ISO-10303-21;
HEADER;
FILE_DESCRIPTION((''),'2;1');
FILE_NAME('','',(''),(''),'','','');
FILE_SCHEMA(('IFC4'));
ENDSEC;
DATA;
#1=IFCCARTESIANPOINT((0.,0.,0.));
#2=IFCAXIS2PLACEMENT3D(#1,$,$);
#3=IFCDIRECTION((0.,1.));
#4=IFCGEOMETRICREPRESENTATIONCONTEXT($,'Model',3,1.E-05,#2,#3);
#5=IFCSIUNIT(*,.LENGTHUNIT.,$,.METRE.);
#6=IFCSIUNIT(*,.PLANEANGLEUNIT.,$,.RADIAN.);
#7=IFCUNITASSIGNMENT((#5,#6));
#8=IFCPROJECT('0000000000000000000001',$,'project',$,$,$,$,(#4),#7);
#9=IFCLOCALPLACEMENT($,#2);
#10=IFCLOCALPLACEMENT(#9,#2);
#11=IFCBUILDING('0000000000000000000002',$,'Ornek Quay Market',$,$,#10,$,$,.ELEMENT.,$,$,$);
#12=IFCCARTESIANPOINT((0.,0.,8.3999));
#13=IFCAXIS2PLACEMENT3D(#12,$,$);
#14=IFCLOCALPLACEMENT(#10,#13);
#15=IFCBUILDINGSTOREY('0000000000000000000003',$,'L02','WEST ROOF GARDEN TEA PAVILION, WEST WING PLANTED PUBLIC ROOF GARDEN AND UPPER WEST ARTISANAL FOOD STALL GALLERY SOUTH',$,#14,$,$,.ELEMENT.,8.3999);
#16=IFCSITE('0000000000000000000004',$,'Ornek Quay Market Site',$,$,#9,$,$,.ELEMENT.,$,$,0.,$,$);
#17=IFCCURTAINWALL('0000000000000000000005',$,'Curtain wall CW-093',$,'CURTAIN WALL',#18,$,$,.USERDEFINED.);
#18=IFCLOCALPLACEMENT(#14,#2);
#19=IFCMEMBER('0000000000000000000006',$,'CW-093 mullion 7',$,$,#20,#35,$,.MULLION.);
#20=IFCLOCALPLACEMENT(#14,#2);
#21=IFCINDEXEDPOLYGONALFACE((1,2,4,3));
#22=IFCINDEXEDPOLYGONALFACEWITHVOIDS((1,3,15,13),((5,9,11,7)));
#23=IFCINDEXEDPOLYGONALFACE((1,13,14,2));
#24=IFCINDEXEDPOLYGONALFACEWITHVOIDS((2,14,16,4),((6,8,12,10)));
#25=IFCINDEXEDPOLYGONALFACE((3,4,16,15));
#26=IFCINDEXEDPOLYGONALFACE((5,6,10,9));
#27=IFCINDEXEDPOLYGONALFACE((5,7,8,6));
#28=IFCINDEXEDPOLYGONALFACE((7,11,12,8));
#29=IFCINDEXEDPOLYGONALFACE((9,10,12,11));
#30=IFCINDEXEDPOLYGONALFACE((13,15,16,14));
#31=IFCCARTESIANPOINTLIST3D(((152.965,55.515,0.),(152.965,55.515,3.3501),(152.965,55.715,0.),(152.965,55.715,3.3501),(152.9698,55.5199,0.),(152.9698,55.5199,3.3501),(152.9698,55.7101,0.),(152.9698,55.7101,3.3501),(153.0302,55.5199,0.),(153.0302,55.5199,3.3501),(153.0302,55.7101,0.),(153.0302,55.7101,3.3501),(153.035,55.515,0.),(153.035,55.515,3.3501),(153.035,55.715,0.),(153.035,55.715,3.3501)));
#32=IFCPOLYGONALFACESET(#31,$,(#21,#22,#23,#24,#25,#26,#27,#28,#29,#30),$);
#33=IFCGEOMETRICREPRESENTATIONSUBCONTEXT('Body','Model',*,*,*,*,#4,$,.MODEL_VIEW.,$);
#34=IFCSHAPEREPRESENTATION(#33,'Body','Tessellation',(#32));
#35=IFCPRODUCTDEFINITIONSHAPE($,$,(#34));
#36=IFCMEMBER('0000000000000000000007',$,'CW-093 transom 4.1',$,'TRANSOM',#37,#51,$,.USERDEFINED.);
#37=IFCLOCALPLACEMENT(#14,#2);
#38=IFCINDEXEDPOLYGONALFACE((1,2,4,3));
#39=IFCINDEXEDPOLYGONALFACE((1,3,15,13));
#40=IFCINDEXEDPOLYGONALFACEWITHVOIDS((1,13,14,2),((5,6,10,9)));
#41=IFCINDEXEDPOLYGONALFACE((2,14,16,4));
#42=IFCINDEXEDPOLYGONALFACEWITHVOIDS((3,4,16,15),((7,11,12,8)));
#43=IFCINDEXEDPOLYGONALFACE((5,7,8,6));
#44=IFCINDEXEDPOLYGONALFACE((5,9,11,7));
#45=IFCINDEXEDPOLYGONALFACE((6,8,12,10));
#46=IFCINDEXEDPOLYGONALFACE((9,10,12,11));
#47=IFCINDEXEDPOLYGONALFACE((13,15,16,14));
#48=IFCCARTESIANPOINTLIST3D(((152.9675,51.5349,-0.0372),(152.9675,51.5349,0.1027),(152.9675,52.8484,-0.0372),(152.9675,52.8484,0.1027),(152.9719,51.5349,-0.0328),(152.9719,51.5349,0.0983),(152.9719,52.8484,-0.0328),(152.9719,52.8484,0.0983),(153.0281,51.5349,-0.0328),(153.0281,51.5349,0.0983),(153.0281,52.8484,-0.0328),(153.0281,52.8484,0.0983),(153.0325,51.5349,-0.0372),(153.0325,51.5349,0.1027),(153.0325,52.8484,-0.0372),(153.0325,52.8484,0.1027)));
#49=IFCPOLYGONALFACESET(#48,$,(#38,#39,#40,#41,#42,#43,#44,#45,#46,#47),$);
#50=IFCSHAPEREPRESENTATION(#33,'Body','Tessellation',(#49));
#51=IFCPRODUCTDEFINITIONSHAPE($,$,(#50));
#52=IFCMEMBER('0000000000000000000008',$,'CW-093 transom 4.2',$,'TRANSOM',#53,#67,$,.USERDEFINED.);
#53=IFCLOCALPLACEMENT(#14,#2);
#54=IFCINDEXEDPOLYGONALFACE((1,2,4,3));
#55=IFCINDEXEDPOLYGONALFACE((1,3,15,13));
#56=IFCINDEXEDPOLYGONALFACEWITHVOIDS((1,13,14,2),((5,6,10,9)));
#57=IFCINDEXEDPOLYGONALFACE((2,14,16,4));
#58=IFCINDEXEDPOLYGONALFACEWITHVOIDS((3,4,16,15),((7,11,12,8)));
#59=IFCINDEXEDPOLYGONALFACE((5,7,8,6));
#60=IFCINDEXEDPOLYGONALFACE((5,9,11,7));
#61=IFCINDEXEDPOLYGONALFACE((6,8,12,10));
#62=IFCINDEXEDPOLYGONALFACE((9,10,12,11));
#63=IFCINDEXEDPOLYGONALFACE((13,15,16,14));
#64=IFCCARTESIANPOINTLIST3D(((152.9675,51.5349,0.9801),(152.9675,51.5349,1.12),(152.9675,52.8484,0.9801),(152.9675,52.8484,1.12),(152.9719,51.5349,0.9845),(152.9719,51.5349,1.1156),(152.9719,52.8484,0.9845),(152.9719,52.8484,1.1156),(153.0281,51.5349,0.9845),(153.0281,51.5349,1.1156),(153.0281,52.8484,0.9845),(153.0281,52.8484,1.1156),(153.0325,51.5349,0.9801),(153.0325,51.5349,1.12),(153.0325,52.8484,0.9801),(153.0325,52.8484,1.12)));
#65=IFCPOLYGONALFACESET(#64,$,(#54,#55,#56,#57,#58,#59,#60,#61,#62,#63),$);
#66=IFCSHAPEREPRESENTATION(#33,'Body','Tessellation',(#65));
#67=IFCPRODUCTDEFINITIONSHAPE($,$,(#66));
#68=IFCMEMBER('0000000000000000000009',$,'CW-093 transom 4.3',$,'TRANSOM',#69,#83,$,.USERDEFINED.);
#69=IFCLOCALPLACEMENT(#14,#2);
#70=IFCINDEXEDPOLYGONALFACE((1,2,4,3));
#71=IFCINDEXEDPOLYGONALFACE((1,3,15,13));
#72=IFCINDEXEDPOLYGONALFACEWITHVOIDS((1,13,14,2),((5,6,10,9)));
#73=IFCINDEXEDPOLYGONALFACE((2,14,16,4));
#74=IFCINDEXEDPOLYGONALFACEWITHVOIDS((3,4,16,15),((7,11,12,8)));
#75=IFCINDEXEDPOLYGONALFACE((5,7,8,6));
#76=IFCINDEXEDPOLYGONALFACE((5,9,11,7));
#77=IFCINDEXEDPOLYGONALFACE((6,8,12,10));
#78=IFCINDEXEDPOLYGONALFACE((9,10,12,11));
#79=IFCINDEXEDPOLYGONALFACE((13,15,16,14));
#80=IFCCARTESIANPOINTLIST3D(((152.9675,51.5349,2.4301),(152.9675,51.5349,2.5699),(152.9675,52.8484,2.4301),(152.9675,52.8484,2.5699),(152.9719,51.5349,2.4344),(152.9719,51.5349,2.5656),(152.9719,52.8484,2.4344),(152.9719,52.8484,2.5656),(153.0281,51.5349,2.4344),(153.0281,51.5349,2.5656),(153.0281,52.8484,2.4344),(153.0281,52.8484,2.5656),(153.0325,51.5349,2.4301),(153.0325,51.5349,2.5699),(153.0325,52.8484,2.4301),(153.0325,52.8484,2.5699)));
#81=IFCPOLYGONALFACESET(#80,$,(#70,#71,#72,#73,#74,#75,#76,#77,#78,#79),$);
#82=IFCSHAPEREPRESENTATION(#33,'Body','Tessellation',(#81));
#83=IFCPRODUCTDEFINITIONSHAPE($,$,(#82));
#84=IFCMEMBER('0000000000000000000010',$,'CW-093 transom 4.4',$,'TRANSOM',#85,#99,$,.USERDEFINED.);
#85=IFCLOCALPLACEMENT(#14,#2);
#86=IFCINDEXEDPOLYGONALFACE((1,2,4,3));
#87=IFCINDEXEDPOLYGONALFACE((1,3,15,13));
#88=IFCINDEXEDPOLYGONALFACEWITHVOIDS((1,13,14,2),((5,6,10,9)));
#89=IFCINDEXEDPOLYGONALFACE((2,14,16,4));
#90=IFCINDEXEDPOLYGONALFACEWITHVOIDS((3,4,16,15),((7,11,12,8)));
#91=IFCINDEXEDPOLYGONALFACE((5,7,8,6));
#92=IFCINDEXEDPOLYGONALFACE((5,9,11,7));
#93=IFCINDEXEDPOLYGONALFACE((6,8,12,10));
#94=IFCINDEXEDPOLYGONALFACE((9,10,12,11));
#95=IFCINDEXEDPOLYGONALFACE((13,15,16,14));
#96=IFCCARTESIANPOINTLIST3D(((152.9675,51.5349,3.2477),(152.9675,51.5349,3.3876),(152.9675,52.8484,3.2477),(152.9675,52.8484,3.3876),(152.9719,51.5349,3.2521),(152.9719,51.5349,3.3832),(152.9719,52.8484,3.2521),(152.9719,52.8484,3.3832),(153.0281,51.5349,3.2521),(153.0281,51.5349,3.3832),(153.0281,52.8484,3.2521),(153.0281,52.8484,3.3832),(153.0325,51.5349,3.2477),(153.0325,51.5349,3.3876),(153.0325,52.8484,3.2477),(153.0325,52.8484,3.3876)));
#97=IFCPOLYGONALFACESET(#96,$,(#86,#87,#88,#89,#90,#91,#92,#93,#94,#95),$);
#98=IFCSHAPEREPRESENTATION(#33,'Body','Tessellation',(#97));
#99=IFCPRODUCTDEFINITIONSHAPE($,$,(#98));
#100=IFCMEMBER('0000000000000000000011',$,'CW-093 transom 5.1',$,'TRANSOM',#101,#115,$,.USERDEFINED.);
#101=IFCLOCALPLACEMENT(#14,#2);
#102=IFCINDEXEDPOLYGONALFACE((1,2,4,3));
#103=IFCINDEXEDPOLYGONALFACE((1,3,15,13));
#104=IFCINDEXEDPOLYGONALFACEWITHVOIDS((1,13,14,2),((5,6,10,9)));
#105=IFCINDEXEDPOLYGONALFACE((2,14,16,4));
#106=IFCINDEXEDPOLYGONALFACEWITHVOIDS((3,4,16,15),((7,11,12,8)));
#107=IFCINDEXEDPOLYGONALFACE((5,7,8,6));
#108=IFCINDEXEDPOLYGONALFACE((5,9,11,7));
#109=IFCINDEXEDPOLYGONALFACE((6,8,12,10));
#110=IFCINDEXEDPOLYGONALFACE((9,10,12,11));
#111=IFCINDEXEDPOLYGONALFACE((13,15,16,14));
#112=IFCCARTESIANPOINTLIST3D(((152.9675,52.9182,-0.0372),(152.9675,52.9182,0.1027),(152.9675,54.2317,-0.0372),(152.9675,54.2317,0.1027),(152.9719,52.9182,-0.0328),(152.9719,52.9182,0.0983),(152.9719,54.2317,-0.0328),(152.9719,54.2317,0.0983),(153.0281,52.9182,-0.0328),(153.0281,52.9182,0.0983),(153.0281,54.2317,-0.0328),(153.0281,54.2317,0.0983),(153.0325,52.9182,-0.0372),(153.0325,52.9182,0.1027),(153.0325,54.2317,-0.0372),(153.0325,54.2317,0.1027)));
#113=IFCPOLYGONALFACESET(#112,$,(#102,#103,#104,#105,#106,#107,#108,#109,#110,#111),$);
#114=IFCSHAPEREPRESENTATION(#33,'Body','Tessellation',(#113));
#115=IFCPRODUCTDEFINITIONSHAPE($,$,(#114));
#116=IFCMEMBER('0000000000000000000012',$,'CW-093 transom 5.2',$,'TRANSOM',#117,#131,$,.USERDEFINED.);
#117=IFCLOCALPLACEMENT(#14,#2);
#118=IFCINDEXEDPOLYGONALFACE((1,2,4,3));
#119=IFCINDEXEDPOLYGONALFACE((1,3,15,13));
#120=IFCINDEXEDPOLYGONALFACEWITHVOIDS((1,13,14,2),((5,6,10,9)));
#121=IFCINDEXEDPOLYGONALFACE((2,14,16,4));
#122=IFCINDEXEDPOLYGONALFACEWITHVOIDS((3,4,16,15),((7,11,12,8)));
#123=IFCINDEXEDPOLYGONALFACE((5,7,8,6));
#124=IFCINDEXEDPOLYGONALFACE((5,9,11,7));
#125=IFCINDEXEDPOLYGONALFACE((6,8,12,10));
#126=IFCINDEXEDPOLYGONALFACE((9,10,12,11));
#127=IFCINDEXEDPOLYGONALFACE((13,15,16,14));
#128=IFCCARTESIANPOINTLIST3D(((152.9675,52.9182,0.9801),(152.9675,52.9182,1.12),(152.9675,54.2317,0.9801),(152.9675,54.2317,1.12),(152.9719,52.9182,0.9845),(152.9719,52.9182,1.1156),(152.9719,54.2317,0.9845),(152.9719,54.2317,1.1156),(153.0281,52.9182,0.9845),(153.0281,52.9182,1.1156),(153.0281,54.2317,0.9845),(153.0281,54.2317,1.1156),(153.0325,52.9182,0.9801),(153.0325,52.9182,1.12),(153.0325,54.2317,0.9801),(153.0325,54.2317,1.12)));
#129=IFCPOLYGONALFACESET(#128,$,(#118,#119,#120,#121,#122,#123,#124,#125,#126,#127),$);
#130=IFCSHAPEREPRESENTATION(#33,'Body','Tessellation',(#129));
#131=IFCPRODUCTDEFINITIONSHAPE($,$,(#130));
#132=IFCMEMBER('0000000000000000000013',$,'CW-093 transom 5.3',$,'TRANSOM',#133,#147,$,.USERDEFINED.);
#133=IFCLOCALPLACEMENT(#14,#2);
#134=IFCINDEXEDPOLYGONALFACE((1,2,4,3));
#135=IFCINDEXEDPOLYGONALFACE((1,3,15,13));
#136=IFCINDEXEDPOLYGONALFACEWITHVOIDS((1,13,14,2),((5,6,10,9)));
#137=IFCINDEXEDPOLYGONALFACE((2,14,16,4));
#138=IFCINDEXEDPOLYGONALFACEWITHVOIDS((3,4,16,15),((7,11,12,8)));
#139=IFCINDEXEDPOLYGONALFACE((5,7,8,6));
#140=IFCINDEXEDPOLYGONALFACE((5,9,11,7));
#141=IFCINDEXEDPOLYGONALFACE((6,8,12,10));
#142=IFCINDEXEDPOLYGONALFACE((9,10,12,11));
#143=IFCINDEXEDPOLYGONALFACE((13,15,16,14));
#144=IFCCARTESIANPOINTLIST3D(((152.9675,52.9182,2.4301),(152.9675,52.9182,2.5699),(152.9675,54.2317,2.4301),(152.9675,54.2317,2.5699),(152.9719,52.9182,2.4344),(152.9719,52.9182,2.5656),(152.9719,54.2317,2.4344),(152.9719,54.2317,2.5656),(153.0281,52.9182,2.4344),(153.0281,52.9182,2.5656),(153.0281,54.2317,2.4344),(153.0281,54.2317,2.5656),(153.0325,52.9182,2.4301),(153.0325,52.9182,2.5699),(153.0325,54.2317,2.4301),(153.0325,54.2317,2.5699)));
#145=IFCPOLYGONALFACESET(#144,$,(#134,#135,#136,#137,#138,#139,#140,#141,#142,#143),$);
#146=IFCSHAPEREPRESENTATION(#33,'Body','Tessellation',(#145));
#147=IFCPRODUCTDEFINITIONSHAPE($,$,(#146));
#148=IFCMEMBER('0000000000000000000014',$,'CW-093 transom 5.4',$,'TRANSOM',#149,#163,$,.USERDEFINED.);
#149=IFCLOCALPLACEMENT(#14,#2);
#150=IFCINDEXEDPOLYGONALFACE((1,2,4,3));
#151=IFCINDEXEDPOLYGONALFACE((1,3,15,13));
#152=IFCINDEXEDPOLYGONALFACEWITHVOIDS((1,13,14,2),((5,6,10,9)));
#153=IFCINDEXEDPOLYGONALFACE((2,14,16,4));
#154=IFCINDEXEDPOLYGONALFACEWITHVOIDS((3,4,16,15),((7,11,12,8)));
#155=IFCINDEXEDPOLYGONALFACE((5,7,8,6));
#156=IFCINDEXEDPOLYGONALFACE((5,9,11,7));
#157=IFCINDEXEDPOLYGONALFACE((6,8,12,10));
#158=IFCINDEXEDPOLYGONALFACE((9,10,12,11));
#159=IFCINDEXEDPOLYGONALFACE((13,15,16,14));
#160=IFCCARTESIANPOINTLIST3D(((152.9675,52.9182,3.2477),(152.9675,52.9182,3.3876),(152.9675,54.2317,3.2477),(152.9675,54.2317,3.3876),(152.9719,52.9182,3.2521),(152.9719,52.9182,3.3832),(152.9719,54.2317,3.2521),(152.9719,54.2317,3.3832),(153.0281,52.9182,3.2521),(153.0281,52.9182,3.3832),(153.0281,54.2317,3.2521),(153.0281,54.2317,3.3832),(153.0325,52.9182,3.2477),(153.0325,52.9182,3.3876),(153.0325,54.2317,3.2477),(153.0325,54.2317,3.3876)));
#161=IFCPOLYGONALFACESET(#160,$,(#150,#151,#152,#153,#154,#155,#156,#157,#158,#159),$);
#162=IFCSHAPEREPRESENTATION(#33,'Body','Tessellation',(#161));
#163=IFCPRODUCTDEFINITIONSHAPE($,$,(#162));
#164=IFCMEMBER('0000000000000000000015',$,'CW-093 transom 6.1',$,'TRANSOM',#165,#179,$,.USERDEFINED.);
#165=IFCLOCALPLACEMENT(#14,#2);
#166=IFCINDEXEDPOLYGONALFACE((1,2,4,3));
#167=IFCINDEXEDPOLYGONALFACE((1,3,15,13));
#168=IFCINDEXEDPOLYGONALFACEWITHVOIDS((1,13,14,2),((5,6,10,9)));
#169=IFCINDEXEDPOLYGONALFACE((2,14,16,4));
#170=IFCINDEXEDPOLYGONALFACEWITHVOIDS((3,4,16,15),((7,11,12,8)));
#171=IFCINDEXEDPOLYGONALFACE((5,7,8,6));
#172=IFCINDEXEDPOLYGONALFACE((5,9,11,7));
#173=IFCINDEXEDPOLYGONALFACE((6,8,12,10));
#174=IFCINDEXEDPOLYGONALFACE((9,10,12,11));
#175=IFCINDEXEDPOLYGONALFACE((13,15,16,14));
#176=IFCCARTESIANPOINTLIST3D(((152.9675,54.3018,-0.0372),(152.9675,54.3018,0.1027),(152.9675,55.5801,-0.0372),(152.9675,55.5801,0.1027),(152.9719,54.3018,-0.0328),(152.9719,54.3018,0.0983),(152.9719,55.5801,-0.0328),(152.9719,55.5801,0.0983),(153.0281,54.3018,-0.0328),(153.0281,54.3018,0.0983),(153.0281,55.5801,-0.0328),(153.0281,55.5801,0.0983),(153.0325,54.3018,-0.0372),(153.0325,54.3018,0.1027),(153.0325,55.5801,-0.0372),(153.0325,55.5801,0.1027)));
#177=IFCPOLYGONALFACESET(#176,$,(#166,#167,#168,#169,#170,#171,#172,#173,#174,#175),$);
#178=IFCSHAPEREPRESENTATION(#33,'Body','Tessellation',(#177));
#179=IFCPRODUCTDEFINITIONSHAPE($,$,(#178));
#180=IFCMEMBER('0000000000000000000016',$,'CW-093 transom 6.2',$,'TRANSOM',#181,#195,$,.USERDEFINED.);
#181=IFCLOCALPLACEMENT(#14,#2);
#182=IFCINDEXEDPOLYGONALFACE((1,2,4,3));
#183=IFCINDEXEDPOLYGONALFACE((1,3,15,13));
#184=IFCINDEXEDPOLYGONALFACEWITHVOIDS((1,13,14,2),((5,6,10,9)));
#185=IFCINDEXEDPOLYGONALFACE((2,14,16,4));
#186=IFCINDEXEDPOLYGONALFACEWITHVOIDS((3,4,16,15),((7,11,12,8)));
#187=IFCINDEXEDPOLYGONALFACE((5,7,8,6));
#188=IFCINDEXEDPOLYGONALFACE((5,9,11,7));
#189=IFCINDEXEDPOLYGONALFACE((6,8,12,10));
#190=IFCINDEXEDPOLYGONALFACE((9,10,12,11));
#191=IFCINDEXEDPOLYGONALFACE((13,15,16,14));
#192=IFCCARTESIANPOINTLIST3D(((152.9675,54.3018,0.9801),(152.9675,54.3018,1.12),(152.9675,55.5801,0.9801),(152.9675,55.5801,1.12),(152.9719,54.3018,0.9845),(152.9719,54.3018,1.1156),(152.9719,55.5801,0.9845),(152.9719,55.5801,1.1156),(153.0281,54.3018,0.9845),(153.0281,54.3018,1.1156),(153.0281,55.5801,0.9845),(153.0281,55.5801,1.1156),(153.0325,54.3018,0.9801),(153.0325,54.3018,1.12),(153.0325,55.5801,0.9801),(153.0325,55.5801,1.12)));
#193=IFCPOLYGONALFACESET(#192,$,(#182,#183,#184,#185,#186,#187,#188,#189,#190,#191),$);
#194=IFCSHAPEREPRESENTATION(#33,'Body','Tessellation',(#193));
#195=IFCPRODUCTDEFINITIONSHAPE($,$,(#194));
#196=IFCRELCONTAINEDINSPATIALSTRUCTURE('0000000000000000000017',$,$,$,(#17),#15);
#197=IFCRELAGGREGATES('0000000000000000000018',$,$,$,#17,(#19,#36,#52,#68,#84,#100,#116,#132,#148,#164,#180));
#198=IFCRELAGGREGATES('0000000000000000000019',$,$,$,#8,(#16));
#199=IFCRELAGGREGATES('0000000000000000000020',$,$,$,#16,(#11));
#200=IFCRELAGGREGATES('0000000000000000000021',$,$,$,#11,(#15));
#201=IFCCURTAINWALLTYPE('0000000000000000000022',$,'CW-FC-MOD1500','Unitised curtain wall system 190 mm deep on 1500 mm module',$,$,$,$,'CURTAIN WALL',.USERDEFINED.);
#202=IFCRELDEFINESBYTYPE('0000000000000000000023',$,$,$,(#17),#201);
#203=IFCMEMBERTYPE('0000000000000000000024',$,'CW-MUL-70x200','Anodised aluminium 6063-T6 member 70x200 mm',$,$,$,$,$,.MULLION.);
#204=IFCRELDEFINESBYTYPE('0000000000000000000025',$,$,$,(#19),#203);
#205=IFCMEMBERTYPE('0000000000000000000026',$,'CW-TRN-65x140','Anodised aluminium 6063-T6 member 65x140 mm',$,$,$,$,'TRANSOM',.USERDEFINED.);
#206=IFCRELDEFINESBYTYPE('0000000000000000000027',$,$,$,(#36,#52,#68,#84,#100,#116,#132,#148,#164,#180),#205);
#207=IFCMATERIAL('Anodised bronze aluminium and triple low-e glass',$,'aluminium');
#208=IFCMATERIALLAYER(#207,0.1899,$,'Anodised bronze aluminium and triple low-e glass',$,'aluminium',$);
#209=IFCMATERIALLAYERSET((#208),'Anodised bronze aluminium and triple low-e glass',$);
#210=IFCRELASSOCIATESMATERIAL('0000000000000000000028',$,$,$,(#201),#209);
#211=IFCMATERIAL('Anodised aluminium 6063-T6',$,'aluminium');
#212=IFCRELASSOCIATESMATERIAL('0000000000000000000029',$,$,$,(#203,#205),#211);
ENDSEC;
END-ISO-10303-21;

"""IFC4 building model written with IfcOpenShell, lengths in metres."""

from ifc_helpers import new_model, si_unit, direction, frame, origin, origin_2d, place, context, subcontext, project, spatial, hollow_rectangle, extrude, material, layer, layer_set, material_profile, profile_set, type_object, element, aggregate, save


model = new_model("IFC4")

# Units and contexts
model_context = context("Model", 3, precision=1e-05, world=origin(), true_north=direction((0.0, 1.0)))
body_context = subcontext(model_context, "Body", "Model", "MODEL_VIEW")
ifc_project = project(units=[si_unit("LENGTHUNIT", "METRE"), si_unit("PLANEANGLEUNIT", "RADIAN")], contexts=[model_context])

# Site, building, storey
site_placement = place(None, origin())
site = spatial("IfcSite", under=ifc_project, at=site_placement, Name="Ornek Quay Market Site", CompositionType="ELEMENT", RefElevation=0.0)
building_placement = place(site_placement, origin())
building = spatial("IfcBuilding", under=site, at=building_placement, Name="Ornek Quay Market", CompositionType="ELEMENT")
storey_placement = place(building_placement, frame((0.0, 0.0, 8.3999)))
storey = spatial("IfcBuildingStorey", under=building, at=storey_placement, Name="L02", Description="WEST ROOF GARDEN TEA PAVILION, WEST WING PLANTED PUBLIC ROOF GARDEN AND UPPER WEST ARTISANAL FOOD STALL GALLERY SOUTH", CompositionType="ELEMENT", Elevation=8.3999)

# Curtain wall, members
ifc_material_1 = material(Name="Anodised bronze aluminium and triple low-e glass", Category="aluminium")
ifc_layer_1 = layer(ifc_material_1, 0.1899, Name="Anodised bronze aluminium and triple low-e glass", Category="aluminium")
ifc_layer_set_1 = layer_set([ifc_layer_1], Name="Anodised bronze aluminium and triple low-e glass")
curtain_wall_type = type_object("IfcCurtainWallType", Name="CW-FC-MOD1500", Description="Unitised curtain wall system 190 mm deep on 1500 mm module", ElementType="CURTAIN WALL", PredefinedType="USERDEFINED", material=ifc_layer_set_1)
curtain_wall_placement = place(storey_placement, origin())
curtain_wall = element("IfcCurtainWall", 1, at=curtain_wall_placement, inside=storey, type_object=curtain_wall_type, Name="Curtain wall CW-093", ObjectType="CURTAIN WALL", PredefinedType="USERDEFINED")
ifc_material_2 = material(Name="Anodised aluminium 6063-T6", Category="aluminium")
ifc_material_profile_1 = material_profile(ifc_material_2, hollow_rectangle(XDim=0.0701, YDim=0.2, WallThickness=0.0049, at=origin_2d()), Name="CW-MUL-70x200", Category="aluminium")
ifc_profile_set_1 = profile_set([ifc_material_profile_1], Name="Anodised aluminium 6063-T6")
member_type_1 = type_object("IfcMemberType", Name="CW-MUL-70x200", Description="Anodised aluminium 6063-T6 member 70x200 mm", PredefinedType="MULLION", material=ifc_profile_set_1)
member_1_placement = place(storey_placement, frame((153.0, 55.615, 0.0), z_axis=(0.0, 0.0, 1.0), x_axis=(-1.0, 0.0, 0.0)))
member_1 = element("IfcMember", 2, at=member_1_placement, type_object=member_type_1, Name="CW-093 mullion 7", PredefinedType="MULLION", context=body_context, shape_type="SweptSolid", body=[
    extrude(hollow_rectangle(XDim=0.0701, YDim=0.2, WallThickness=0.0049, at=origin_2d()), origin(), (0.0, 0.0, 1.0), 3.3501),
])
ifc_material_profile_2 = material_profile(ifc_material_2, hollow_rectangle(XDim=0.0649, YDim=0.1399, WallThickness=0.0044, at=origin_2d()), Name="CW-TRN-65x140", Category="aluminium")
ifc_profile_set_2 = profile_set([ifc_material_profile_2], Name="Anodised aluminium 6063-T6")
member_type_2 = type_object("IfcMemberType", Name="CW-TRN-65x140", Description="Anodised aluminium 6063-T6 member 65x140 mm", ElementType="TRANSOM", PredefinedType="USERDEFINED", material=ifc_profile_set_2)
member_2_placement = place(storey_placement, frame((153.0, 51.5349, 0.0327), z_axis=(0.0, 1.0, 0.0), x_axis=(-1.0, 0.0, 0.0)))
member_2 = element("IfcMember", 3, at=member_2_placement, type_object=member_type_2, Name="CW-093 transom 4.1", ObjectType="TRANSOM", PredefinedType="USERDEFINED", context=body_context, shape_type="SweptSolid", body=[
    extrude(hollow_rectangle(XDim=0.0649, YDim=0.1399, WallThickness=0.0044, at=origin_2d()), origin(), (0.0, 0.0, 1.0), 1.3135),
])
member_3_placement = place(storey_placement, frame((153.0, 51.5349, 1.05), z_axis=(0.0, 1.0, 0.0), x_axis=(-1.0, 0.0, 0.0)))
member_3 = element("IfcMember", 4, at=member_3_placement, type_object=member_type_2, Name="CW-093 transom 4.2", ObjectType="TRANSOM", PredefinedType="USERDEFINED", context=body_context, shape_type="SweptSolid", body=[
    extrude(hollow_rectangle(XDim=0.0649, YDim=0.1399, WallThickness=0.0044, at=origin_2d()), origin(), (0.0, 0.0, 1.0), 1.3135),
])
member_4_placement = place(storey_placement, frame((153.0, 51.5349, 2.5), z_axis=(0.0, 1.0, 0.0), x_axis=(-1.0, 0.0, 0.0)))
member_4 = element("IfcMember", 5, at=member_4_placement, type_object=member_type_2, Name="CW-093 transom 4.3", ObjectType="TRANSOM", PredefinedType="USERDEFINED", context=body_context, shape_type="SweptSolid", body=[
    extrude(hollow_rectangle(XDim=0.0649, YDim=0.1399, WallThickness=0.0044, at=origin_2d()), origin(), (0.0, 0.0, 1.0), 1.3135),
])
member_5_placement = place(storey_placement, frame((153.0, 51.5349, 3.3176), z_axis=(0.0, 1.0, 0.0), x_axis=(-1.0, 0.0, 0.0)))
member_5 = element("IfcMember", 6, at=member_5_placement, type_object=member_type_2, Name="CW-093 transom 4.4", ObjectType="TRANSOM", PredefinedType="USERDEFINED", context=body_context, shape_type="SweptSolid", body=[
    extrude(hollow_rectangle(XDim=0.0649, YDim=0.1399, WallThickness=0.0044, at=origin_2d()), origin(), (0.0, 0.0, 1.0), 1.3135),
])
member_6_placement = place(storey_placement, frame((153.0, 52.9182, 0.0327), z_axis=(0.0, 1.0, 0.0), x_axis=(-1.0, 0.0, 0.0)))
member_6 = element("IfcMember", 7, at=member_6_placement, type_object=member_type_2, Name="CW-093 transom 5.1", ObjectType="TRANSOM", PredefinedType="USERDEFINED", context=body_context, shape_type="SweptSolid", body=[
    extrude(hollow_rectangle(XDim=0.0649, YDim=0.1399, WallThickness=0.0044, at=origin_2d()), origin(), (0.0, 0.0, 1.0), 1.3135),
])
member_7_placement = place(storey_placement, frame((153.0, 52.9182, 1.05), z_axis=(0.0, 1.0, 0.0), x_axis=(-1.0, 0.0, 0.0)))
member_7 = element("IfcMember", 8, at=member_7_placement, type_object=member_type_2, Name="CW-093 transom 5.2", ObjectType="TRANSOM", PredefinedType="USERDEFINED", context=body_context, shape_type="SweptSolid", body=[
    extrude(hollow_rectangle(XDim=0.0649, YDim=0.1399, WallThickness=0.0044, at=origin_2d()), origin(), (0.0, 0.0, 1.0), 1.3135),
])
member_8_placement = place(storey_placement, frame((153.0, 52.9182, 2.5), z_axis=(0.0, 1.0, 0.0), x_axis=(-1.0, 0.0, 0.0)))
member_8 = element("IfcMember", 9, at=member_8_placement, type_object=member_type_2, Name="CW-093 transom 5.3", ObjectType="TRANSOM", PredefinedType="USERDEFINED", context=body_context, shape_type="SweptSolid", body=[
    extrude(hollow_rectangle(XDim=0.0649, YDim=0.1399, WallThickness=0.0044, at=origin_2d()), origin(), (0.0, 0.0, 1.0), 1.3135),
])
member_9_placement = place(storey_placement, frame((153.0, 52.9182, 3.3176), z_axis=(0.0, 1.0, 0.0), x_axis=(-1.0, 0.0, 0.0)))
member_9 = element("IfcMember", 10, at=member_9_placement, type_object=member_type_2, Name="CW-093 transom 5.4", ObjectType="TRANSOM", PredefinedType="USERDEFINED", context=body_context, shape_type="SweptSolid", body=[
    extrude(hollow_rectangle(XDim=0.0649, YDim=0.1399, WallThickness=0.0044, at=origin_2d()), origin(), (0.0, 0.0, 1.0), 1.3135),
])
member_10_placement = place(storey_placement, frame((153.0, 54.3018, 0.0327), z_axis=(0.0, 1.0, 0.0), x_axis=(-1.0, 0.0, 0.0)))
member_10 = element("IfcMember", 11, at=member_10_placement, type_object=member_type_2, Name="CW-093 transom 6.1", ObjectType="TRANSOM", PredefinedType="USERDEFINED", context=body_context, shape_type="SweptSolid", body=[
    extrude(hollow_rectangle(XDim=0.0649, YDim=0.1399, WallThickness=0.0044, at=origin_2d()), origin(), (0.0, 0.0, 1.0), 1.2783),
])
member_11_placement = place(storey_placement, frame((153.0, 54.3018, 1.05), z_axis=(0.0, 1.0, 0.0), x_axis=(-1.0, 0.0, 0.0)))
member_11 = element("IfcMember", 12, at=member_11_placement, type_object=member_type_2, Name="CW-093 transom 6.2", ObjectType="TRANSOM", PredefinedType="USERDEFINED", context=body_context, shape_type="SweptSolid", body=[
    extrude(hollow_rectangle(XDim=0.0649, YDim=0.1399, WallThickness=0.0044, at=origin_2d()), origin(), (0.0, 0.0, 1.0), 1.2783),
])
aggregate(curtain_wall, [member_1, member_2, member_3, member_4, member_5, member_6, member_7, member_8, member_9, member_10, member_11])

save(model, "model.ifc")
